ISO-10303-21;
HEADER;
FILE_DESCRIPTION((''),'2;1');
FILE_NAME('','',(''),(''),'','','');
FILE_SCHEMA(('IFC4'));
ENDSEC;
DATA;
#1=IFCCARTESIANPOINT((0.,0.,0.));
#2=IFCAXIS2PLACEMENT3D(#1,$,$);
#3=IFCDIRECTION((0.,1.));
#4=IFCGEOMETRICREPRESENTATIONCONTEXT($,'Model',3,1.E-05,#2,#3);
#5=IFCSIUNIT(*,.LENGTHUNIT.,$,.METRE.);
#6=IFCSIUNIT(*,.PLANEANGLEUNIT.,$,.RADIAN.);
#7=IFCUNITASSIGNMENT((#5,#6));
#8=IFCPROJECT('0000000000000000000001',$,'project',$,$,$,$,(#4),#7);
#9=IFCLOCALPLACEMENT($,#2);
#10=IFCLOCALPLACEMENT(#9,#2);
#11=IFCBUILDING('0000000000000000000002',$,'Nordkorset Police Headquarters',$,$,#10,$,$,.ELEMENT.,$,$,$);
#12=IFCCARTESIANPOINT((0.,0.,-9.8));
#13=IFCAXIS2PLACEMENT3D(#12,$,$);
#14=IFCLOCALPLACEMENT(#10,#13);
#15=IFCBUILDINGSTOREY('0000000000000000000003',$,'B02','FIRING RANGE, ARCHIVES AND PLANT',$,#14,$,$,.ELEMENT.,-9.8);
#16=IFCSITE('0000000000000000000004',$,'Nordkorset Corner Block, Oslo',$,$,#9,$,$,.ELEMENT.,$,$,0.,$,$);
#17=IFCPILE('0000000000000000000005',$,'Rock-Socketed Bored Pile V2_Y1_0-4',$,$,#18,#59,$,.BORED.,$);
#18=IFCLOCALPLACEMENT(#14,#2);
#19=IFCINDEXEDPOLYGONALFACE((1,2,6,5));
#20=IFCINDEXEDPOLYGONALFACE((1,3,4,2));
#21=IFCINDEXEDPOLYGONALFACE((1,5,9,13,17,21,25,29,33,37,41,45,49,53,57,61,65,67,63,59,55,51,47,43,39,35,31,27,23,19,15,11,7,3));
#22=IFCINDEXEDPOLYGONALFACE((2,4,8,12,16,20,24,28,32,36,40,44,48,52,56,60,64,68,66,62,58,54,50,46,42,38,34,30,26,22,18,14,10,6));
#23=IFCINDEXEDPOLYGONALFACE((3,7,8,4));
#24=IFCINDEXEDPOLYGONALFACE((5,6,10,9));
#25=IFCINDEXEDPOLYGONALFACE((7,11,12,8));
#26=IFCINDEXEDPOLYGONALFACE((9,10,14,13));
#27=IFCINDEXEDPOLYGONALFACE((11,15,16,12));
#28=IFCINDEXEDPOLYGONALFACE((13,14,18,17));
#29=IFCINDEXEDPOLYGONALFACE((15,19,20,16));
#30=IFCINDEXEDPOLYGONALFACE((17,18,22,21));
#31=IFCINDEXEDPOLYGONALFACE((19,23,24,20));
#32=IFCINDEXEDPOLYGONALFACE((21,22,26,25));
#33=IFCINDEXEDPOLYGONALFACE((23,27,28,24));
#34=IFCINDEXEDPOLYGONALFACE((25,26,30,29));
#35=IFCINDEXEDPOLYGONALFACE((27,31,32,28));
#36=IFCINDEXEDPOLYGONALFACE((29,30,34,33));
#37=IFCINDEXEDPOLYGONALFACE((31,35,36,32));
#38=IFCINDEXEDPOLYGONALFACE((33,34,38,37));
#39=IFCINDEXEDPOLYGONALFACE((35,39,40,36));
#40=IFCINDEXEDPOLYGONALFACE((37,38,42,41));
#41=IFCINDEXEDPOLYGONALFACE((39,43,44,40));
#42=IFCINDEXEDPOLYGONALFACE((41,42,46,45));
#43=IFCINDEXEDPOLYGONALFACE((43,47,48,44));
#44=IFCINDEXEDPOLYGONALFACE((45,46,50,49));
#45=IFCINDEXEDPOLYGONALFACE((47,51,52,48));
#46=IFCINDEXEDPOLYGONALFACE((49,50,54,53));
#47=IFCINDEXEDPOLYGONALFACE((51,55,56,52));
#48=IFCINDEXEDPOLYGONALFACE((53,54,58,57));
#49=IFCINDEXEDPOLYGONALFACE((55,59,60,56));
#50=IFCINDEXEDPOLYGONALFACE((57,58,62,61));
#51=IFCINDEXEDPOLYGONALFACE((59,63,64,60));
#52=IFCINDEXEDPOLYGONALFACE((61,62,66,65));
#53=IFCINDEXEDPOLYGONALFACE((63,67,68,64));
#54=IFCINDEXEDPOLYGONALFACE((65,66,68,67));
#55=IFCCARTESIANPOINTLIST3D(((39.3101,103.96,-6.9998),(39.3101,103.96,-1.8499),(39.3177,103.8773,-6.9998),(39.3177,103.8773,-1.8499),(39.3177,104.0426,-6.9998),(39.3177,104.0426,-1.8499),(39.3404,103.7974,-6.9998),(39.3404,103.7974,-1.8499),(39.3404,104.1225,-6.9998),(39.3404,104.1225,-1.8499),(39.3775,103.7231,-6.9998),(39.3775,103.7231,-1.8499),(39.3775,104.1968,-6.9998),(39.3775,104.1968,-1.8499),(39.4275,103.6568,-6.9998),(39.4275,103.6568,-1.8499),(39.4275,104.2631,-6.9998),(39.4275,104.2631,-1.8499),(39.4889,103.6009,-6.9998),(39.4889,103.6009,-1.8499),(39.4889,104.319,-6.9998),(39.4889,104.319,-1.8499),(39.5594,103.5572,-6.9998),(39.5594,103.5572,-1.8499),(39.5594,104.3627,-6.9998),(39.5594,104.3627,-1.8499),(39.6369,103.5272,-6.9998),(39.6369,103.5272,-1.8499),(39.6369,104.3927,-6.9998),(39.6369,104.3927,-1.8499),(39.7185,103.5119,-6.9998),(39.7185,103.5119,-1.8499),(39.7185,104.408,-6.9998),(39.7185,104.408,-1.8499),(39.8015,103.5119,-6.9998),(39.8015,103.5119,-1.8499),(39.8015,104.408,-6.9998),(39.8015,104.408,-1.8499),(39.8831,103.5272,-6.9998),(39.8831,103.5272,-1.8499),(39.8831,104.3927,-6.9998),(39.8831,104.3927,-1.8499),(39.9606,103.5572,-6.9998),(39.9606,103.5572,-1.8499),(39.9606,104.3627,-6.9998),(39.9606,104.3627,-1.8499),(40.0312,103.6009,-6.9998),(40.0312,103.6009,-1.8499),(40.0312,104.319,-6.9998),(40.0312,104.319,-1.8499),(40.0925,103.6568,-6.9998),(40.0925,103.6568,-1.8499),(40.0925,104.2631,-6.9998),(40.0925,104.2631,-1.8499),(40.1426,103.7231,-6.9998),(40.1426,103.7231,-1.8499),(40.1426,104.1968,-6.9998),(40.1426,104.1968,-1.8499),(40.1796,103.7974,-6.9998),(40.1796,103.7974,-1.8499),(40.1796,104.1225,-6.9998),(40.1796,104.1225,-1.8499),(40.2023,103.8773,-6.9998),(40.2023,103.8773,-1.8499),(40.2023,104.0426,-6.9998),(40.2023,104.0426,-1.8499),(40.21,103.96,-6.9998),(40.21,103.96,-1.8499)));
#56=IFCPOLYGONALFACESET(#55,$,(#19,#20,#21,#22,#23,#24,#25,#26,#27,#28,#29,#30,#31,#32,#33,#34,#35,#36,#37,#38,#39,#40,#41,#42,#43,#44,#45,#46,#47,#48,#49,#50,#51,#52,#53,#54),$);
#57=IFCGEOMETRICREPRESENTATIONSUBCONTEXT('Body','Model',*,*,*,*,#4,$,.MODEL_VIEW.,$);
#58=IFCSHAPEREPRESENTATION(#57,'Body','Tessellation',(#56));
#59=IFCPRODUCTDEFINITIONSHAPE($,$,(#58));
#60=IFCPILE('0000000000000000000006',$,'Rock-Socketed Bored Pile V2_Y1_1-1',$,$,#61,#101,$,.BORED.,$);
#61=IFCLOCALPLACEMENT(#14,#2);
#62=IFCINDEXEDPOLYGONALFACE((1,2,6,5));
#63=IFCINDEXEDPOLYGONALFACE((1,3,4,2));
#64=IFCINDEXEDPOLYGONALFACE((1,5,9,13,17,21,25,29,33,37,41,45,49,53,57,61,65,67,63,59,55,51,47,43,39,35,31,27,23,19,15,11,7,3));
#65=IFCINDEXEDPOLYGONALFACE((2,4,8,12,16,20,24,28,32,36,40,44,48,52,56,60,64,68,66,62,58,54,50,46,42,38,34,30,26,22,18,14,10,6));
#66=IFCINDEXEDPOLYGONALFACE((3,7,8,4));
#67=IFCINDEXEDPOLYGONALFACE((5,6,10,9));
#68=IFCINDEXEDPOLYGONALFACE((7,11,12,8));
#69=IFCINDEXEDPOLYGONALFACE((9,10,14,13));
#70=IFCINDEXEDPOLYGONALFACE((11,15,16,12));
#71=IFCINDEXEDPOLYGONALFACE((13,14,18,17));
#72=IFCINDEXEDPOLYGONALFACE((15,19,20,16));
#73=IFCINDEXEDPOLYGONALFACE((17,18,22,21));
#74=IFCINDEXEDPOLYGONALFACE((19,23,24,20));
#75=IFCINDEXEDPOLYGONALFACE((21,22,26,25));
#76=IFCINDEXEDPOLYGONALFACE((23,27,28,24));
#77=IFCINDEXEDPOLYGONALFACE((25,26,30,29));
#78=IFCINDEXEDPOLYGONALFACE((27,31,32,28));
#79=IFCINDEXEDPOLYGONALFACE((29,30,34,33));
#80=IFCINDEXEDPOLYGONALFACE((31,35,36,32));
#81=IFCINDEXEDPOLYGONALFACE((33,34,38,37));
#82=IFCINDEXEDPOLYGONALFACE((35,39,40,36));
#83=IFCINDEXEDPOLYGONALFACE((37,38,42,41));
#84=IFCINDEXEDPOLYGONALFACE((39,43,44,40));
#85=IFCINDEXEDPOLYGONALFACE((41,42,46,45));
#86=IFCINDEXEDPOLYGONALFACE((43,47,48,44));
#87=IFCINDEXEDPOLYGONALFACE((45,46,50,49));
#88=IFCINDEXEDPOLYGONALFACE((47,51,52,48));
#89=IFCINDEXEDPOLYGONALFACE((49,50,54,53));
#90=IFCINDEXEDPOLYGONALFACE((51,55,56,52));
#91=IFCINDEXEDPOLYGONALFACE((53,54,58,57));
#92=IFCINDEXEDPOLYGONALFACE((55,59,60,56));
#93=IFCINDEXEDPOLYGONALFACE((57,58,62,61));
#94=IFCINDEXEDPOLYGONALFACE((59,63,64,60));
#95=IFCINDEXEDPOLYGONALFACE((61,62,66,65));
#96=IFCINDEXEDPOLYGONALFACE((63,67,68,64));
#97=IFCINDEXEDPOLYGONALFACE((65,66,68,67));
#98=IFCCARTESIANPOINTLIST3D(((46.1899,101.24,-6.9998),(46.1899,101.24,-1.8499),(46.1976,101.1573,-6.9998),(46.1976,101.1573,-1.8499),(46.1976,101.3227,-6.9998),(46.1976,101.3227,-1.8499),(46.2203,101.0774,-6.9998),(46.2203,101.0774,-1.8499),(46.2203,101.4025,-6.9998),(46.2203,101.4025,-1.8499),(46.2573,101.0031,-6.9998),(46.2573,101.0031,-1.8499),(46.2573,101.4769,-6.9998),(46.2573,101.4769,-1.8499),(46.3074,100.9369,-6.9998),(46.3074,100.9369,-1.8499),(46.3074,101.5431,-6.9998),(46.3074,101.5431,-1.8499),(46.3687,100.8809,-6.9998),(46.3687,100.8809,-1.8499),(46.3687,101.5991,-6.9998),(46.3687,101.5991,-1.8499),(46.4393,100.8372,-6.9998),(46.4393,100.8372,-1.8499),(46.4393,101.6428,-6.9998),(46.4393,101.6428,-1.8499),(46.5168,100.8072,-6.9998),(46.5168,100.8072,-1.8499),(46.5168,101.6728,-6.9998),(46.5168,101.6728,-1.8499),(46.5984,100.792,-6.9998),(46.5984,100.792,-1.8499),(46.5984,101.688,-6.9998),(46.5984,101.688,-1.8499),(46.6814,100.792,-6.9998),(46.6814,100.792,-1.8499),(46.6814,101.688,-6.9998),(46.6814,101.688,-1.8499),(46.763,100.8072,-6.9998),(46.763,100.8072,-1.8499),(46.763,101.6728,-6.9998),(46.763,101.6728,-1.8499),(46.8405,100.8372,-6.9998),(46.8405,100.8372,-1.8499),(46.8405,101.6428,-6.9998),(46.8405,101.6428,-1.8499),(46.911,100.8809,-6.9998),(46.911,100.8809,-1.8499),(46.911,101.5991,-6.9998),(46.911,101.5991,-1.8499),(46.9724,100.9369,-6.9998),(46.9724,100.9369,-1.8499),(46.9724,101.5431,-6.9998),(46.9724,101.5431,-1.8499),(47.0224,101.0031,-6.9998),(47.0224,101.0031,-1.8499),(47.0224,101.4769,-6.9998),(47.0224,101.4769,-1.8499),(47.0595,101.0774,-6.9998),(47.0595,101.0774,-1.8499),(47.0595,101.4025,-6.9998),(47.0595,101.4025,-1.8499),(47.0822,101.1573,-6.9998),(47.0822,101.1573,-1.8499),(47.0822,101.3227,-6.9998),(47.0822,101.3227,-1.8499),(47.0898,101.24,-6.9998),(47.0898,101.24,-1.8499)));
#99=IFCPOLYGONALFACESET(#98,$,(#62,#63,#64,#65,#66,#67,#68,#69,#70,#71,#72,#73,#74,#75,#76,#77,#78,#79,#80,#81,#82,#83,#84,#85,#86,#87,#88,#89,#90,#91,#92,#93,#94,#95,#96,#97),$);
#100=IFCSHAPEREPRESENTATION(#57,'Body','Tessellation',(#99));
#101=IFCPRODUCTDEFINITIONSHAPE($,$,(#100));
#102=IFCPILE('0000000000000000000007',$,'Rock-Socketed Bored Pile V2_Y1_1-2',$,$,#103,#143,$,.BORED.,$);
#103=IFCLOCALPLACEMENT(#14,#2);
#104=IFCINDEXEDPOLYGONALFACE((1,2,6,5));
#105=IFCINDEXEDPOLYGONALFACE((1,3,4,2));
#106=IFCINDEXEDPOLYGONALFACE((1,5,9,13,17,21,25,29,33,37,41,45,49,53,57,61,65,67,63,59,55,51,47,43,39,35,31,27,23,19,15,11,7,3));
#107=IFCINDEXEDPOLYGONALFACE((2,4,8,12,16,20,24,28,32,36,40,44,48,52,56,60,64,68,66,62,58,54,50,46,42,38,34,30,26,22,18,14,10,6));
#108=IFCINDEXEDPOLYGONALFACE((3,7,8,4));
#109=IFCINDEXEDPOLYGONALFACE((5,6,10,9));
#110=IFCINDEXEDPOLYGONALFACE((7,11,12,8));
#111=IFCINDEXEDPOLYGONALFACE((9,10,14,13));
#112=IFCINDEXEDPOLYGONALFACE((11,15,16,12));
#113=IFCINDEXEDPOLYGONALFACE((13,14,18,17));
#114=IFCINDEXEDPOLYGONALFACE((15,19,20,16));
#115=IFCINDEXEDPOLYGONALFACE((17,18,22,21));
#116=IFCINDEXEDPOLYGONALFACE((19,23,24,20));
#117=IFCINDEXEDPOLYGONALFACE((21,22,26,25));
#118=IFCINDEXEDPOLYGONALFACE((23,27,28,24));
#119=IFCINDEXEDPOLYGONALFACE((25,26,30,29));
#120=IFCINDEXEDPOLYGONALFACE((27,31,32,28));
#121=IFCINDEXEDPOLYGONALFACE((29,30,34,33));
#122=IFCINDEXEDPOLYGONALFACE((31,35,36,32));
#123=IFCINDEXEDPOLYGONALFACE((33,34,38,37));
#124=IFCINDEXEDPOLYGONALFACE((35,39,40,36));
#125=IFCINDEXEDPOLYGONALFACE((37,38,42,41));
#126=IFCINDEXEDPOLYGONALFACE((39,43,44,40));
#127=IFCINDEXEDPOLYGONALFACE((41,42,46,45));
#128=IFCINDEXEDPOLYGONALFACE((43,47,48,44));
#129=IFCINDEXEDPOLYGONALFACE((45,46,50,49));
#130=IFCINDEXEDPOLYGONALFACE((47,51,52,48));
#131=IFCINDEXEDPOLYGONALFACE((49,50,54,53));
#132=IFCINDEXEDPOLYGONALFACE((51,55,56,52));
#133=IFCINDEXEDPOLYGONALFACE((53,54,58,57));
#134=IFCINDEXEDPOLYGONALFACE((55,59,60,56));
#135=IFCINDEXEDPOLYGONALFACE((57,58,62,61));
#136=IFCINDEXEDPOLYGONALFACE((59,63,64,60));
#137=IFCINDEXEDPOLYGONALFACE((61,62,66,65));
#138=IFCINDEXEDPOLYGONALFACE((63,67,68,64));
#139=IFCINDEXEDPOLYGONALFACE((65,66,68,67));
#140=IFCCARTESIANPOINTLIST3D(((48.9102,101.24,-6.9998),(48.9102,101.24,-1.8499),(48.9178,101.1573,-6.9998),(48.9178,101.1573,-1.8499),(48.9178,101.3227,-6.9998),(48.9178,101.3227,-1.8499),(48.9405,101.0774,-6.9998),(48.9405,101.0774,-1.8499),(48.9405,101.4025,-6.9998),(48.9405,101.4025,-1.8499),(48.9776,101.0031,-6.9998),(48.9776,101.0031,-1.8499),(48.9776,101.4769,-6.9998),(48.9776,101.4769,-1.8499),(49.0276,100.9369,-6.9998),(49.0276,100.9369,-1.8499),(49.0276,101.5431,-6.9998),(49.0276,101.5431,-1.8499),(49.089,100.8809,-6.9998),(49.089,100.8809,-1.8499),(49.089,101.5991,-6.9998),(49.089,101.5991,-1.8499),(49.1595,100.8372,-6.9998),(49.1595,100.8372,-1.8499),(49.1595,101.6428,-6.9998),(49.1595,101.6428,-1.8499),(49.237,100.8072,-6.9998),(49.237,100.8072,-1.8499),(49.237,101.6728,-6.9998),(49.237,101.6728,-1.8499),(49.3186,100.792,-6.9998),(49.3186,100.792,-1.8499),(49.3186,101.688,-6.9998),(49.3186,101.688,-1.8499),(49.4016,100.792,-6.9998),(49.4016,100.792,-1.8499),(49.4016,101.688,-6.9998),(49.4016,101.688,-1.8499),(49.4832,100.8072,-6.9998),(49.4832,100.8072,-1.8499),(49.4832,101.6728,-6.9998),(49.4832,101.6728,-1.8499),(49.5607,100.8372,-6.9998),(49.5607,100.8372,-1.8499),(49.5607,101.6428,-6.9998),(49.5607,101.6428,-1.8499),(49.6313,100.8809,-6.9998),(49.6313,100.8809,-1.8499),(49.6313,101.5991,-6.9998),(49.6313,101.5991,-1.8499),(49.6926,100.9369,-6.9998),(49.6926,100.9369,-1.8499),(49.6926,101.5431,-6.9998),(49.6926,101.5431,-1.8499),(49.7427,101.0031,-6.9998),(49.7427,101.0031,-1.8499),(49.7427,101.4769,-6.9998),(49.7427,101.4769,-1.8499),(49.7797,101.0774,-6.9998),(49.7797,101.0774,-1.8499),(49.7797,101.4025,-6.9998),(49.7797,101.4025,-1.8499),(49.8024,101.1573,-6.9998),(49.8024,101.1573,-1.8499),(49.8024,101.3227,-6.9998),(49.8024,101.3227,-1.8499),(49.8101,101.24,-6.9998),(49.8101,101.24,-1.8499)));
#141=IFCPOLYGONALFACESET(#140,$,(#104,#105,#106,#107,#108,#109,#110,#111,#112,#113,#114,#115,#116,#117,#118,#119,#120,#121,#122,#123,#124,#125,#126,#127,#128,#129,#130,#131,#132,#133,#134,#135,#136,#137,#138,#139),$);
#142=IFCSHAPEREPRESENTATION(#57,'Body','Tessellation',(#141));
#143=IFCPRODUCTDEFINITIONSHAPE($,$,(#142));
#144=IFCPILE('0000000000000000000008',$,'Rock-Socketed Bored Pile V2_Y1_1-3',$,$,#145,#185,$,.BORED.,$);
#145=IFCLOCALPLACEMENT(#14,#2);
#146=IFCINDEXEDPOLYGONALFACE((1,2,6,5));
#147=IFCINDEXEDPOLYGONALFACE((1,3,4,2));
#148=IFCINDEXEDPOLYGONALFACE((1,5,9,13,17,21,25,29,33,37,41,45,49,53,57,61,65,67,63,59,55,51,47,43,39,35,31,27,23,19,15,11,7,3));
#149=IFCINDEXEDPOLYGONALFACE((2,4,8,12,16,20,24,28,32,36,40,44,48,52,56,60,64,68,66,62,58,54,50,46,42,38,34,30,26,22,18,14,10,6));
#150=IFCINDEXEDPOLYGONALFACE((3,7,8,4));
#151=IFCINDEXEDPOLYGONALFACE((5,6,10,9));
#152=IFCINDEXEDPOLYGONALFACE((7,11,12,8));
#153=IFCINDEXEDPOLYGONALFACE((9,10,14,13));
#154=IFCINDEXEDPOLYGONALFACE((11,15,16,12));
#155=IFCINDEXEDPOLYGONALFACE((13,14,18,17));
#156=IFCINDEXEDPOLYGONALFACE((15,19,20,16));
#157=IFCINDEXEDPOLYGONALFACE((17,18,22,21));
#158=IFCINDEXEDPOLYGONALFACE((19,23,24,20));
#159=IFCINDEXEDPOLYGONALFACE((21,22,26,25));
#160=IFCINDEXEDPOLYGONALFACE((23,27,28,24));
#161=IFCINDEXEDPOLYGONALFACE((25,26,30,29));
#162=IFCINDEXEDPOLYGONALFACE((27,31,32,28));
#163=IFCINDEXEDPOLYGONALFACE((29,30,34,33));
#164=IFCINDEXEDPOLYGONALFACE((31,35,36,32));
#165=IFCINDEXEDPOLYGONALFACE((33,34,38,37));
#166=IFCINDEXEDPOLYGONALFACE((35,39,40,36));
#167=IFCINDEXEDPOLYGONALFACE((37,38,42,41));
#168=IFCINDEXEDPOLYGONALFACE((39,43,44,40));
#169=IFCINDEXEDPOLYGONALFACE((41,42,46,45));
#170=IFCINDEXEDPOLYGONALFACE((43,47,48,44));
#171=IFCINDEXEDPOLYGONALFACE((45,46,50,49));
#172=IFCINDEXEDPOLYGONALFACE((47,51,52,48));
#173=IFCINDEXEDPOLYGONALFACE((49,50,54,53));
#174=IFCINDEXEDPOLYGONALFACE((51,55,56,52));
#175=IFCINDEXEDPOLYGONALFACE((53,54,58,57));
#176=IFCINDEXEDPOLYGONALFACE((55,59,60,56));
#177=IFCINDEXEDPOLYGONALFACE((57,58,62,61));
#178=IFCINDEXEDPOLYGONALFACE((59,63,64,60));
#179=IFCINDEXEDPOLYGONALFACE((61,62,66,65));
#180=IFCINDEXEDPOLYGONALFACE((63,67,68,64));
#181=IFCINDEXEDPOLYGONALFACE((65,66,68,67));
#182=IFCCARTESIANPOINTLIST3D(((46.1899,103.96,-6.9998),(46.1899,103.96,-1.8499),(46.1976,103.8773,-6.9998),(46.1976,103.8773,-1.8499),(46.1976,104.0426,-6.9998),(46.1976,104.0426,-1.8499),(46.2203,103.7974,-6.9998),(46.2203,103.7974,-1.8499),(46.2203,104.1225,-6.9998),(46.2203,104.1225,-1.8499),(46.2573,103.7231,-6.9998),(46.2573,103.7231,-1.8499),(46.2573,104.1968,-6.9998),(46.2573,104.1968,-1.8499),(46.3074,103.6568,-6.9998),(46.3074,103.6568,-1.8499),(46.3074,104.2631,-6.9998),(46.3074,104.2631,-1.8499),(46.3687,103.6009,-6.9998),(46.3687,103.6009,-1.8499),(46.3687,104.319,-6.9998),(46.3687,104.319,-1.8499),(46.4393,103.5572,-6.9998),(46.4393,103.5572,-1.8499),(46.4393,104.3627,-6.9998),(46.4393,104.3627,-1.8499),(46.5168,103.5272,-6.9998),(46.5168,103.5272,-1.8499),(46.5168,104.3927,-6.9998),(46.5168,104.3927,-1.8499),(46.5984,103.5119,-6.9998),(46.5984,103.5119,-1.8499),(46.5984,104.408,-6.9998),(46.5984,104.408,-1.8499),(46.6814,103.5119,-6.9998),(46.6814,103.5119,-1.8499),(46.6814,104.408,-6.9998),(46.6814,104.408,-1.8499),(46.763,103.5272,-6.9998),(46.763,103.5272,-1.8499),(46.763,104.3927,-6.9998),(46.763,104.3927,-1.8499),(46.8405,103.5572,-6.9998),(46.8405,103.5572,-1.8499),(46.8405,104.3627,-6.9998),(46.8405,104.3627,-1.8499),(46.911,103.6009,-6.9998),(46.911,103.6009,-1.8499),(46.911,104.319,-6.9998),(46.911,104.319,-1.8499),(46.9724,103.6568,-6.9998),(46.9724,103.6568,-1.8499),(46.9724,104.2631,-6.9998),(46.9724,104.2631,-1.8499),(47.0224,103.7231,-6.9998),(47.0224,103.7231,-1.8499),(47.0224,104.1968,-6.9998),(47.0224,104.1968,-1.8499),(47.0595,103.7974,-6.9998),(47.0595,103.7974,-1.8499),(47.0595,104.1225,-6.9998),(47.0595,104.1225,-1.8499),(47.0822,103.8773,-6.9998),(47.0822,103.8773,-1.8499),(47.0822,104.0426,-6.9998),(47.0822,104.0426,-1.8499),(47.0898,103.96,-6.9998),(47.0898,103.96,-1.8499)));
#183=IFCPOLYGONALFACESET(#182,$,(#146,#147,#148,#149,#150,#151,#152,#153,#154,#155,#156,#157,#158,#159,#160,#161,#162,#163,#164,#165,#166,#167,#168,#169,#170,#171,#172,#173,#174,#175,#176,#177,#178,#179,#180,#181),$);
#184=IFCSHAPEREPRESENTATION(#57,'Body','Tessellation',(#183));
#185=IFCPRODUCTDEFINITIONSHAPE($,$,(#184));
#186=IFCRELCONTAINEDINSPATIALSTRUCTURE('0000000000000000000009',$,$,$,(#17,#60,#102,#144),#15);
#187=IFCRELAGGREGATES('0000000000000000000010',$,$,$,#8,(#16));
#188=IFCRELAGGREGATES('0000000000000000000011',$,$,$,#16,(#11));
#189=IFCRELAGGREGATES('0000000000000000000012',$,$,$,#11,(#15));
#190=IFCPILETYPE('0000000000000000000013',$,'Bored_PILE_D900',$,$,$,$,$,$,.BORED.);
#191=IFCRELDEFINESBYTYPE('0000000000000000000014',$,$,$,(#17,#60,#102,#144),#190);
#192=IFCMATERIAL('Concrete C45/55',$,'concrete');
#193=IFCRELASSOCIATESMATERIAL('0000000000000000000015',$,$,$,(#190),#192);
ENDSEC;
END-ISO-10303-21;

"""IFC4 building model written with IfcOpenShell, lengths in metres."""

from ifc_helpers import new_model, si_unit, direction, frame, origin, origin_2d, place, context, subcontext, project, spatial, circle, extrude, material, material_profile, profile_set, type_object, element, save


model = new_model("IFC4")

# Units and contexts
model_context = context("Model", 3, precision=1e-05, world=origin(), true_north=direction((0.0, 1.0)))
body_context = subcontext(model_context, "Body", "Model", "MODEL_VIEW")
ifc_project = project(units=[si_unit("LENGTHUNIT", "METRE"), si_unit("PLANEANGLEUNIT", "RADIAN")], contexts=[model_context])

# Site, building, storey
site_placement = place(None, origin())
site = spatial("IfcSite", under=ifc_project, at=site_placement, Name="Nordkorset Corner Block, Oslo", CompositionType="ELEMENT", RefElevation=0.0)
building_placement = place(site_placement, origin())
building = spatial("IfcBuilding", under=site, at=building_placement, Name="Nordkorset Police Headquarters", CompositionType="ELEMENT")
storey_placement = place(building_placement, frame((0.0, 0.0, -9.8)))
storey = spatial("IfcBuildingStorey", under=building, at=storey_placement, Name="B02", Description="FIRING RANGE, ARCHIVES AND PLANT", CompositionType="ELEMENT", Elevation=-9.8)

# Piles
ifc_material_1 = material(Name="Concrete C45/55", Category="concrete")
ifc_material_profile_1 = material_profile(ifc_material_1, circle(Radius=0.45, at=origin_2d()), Name="PILE D900")
ifc_profile_set_1 = profile_set([ifc_material_profile_1], Name="Concrete C45/55")
pile_type_1 = type_object("IfcPileType", Name="Bored_PILE_D900", PredefinedType="BORED", material=ifc_profile_set_1)
for number, where, z_axis, x_axis, name in (
    (1, (39.76, 103.96, -1.8499), (0.0, 0.0, -1.0), (1.0, 0.0, 0.0), "Rock-Socketed Bored Pile V2_Y1_0-4"),
    (2, (46.6399, 101.24, -1.8499), (0.0, 0.0, -1.0), (1.0, 0.0, 0.0), "Rock-Socketed Bored Pile V2_Y1_1-1"),
    (3, (49.3601, 101.24, -1.8499), (0.0, 0.0, -1.0), (1.0, 0.0, 0.0), "Rock-Socketed Bored Pile V2_Y1_1-2"),
    (4, (46.6399, 103.96, -1.8499), (0.0, 0.0, -1.0), (1.0, 0.0, 0.0), "Rock-Socketed Bored Pile V2_Y1_1-3"),
):
    element("IfcPile", number, at=place(storey_placement, frame(where, z_axis=z_axis, x_axis=x_axis)), inside=storey, type_object=pile_type_1, Name=name, PredefinedType="BORED", context=body_context, shape_type="SweptSolid", body=[
        extrude(circle(Radius=0.45, at=origin_2d()), origin(), (0.0, 0.0, 1.0), 5.1499),
    ])

save(model, "model.ifc")
